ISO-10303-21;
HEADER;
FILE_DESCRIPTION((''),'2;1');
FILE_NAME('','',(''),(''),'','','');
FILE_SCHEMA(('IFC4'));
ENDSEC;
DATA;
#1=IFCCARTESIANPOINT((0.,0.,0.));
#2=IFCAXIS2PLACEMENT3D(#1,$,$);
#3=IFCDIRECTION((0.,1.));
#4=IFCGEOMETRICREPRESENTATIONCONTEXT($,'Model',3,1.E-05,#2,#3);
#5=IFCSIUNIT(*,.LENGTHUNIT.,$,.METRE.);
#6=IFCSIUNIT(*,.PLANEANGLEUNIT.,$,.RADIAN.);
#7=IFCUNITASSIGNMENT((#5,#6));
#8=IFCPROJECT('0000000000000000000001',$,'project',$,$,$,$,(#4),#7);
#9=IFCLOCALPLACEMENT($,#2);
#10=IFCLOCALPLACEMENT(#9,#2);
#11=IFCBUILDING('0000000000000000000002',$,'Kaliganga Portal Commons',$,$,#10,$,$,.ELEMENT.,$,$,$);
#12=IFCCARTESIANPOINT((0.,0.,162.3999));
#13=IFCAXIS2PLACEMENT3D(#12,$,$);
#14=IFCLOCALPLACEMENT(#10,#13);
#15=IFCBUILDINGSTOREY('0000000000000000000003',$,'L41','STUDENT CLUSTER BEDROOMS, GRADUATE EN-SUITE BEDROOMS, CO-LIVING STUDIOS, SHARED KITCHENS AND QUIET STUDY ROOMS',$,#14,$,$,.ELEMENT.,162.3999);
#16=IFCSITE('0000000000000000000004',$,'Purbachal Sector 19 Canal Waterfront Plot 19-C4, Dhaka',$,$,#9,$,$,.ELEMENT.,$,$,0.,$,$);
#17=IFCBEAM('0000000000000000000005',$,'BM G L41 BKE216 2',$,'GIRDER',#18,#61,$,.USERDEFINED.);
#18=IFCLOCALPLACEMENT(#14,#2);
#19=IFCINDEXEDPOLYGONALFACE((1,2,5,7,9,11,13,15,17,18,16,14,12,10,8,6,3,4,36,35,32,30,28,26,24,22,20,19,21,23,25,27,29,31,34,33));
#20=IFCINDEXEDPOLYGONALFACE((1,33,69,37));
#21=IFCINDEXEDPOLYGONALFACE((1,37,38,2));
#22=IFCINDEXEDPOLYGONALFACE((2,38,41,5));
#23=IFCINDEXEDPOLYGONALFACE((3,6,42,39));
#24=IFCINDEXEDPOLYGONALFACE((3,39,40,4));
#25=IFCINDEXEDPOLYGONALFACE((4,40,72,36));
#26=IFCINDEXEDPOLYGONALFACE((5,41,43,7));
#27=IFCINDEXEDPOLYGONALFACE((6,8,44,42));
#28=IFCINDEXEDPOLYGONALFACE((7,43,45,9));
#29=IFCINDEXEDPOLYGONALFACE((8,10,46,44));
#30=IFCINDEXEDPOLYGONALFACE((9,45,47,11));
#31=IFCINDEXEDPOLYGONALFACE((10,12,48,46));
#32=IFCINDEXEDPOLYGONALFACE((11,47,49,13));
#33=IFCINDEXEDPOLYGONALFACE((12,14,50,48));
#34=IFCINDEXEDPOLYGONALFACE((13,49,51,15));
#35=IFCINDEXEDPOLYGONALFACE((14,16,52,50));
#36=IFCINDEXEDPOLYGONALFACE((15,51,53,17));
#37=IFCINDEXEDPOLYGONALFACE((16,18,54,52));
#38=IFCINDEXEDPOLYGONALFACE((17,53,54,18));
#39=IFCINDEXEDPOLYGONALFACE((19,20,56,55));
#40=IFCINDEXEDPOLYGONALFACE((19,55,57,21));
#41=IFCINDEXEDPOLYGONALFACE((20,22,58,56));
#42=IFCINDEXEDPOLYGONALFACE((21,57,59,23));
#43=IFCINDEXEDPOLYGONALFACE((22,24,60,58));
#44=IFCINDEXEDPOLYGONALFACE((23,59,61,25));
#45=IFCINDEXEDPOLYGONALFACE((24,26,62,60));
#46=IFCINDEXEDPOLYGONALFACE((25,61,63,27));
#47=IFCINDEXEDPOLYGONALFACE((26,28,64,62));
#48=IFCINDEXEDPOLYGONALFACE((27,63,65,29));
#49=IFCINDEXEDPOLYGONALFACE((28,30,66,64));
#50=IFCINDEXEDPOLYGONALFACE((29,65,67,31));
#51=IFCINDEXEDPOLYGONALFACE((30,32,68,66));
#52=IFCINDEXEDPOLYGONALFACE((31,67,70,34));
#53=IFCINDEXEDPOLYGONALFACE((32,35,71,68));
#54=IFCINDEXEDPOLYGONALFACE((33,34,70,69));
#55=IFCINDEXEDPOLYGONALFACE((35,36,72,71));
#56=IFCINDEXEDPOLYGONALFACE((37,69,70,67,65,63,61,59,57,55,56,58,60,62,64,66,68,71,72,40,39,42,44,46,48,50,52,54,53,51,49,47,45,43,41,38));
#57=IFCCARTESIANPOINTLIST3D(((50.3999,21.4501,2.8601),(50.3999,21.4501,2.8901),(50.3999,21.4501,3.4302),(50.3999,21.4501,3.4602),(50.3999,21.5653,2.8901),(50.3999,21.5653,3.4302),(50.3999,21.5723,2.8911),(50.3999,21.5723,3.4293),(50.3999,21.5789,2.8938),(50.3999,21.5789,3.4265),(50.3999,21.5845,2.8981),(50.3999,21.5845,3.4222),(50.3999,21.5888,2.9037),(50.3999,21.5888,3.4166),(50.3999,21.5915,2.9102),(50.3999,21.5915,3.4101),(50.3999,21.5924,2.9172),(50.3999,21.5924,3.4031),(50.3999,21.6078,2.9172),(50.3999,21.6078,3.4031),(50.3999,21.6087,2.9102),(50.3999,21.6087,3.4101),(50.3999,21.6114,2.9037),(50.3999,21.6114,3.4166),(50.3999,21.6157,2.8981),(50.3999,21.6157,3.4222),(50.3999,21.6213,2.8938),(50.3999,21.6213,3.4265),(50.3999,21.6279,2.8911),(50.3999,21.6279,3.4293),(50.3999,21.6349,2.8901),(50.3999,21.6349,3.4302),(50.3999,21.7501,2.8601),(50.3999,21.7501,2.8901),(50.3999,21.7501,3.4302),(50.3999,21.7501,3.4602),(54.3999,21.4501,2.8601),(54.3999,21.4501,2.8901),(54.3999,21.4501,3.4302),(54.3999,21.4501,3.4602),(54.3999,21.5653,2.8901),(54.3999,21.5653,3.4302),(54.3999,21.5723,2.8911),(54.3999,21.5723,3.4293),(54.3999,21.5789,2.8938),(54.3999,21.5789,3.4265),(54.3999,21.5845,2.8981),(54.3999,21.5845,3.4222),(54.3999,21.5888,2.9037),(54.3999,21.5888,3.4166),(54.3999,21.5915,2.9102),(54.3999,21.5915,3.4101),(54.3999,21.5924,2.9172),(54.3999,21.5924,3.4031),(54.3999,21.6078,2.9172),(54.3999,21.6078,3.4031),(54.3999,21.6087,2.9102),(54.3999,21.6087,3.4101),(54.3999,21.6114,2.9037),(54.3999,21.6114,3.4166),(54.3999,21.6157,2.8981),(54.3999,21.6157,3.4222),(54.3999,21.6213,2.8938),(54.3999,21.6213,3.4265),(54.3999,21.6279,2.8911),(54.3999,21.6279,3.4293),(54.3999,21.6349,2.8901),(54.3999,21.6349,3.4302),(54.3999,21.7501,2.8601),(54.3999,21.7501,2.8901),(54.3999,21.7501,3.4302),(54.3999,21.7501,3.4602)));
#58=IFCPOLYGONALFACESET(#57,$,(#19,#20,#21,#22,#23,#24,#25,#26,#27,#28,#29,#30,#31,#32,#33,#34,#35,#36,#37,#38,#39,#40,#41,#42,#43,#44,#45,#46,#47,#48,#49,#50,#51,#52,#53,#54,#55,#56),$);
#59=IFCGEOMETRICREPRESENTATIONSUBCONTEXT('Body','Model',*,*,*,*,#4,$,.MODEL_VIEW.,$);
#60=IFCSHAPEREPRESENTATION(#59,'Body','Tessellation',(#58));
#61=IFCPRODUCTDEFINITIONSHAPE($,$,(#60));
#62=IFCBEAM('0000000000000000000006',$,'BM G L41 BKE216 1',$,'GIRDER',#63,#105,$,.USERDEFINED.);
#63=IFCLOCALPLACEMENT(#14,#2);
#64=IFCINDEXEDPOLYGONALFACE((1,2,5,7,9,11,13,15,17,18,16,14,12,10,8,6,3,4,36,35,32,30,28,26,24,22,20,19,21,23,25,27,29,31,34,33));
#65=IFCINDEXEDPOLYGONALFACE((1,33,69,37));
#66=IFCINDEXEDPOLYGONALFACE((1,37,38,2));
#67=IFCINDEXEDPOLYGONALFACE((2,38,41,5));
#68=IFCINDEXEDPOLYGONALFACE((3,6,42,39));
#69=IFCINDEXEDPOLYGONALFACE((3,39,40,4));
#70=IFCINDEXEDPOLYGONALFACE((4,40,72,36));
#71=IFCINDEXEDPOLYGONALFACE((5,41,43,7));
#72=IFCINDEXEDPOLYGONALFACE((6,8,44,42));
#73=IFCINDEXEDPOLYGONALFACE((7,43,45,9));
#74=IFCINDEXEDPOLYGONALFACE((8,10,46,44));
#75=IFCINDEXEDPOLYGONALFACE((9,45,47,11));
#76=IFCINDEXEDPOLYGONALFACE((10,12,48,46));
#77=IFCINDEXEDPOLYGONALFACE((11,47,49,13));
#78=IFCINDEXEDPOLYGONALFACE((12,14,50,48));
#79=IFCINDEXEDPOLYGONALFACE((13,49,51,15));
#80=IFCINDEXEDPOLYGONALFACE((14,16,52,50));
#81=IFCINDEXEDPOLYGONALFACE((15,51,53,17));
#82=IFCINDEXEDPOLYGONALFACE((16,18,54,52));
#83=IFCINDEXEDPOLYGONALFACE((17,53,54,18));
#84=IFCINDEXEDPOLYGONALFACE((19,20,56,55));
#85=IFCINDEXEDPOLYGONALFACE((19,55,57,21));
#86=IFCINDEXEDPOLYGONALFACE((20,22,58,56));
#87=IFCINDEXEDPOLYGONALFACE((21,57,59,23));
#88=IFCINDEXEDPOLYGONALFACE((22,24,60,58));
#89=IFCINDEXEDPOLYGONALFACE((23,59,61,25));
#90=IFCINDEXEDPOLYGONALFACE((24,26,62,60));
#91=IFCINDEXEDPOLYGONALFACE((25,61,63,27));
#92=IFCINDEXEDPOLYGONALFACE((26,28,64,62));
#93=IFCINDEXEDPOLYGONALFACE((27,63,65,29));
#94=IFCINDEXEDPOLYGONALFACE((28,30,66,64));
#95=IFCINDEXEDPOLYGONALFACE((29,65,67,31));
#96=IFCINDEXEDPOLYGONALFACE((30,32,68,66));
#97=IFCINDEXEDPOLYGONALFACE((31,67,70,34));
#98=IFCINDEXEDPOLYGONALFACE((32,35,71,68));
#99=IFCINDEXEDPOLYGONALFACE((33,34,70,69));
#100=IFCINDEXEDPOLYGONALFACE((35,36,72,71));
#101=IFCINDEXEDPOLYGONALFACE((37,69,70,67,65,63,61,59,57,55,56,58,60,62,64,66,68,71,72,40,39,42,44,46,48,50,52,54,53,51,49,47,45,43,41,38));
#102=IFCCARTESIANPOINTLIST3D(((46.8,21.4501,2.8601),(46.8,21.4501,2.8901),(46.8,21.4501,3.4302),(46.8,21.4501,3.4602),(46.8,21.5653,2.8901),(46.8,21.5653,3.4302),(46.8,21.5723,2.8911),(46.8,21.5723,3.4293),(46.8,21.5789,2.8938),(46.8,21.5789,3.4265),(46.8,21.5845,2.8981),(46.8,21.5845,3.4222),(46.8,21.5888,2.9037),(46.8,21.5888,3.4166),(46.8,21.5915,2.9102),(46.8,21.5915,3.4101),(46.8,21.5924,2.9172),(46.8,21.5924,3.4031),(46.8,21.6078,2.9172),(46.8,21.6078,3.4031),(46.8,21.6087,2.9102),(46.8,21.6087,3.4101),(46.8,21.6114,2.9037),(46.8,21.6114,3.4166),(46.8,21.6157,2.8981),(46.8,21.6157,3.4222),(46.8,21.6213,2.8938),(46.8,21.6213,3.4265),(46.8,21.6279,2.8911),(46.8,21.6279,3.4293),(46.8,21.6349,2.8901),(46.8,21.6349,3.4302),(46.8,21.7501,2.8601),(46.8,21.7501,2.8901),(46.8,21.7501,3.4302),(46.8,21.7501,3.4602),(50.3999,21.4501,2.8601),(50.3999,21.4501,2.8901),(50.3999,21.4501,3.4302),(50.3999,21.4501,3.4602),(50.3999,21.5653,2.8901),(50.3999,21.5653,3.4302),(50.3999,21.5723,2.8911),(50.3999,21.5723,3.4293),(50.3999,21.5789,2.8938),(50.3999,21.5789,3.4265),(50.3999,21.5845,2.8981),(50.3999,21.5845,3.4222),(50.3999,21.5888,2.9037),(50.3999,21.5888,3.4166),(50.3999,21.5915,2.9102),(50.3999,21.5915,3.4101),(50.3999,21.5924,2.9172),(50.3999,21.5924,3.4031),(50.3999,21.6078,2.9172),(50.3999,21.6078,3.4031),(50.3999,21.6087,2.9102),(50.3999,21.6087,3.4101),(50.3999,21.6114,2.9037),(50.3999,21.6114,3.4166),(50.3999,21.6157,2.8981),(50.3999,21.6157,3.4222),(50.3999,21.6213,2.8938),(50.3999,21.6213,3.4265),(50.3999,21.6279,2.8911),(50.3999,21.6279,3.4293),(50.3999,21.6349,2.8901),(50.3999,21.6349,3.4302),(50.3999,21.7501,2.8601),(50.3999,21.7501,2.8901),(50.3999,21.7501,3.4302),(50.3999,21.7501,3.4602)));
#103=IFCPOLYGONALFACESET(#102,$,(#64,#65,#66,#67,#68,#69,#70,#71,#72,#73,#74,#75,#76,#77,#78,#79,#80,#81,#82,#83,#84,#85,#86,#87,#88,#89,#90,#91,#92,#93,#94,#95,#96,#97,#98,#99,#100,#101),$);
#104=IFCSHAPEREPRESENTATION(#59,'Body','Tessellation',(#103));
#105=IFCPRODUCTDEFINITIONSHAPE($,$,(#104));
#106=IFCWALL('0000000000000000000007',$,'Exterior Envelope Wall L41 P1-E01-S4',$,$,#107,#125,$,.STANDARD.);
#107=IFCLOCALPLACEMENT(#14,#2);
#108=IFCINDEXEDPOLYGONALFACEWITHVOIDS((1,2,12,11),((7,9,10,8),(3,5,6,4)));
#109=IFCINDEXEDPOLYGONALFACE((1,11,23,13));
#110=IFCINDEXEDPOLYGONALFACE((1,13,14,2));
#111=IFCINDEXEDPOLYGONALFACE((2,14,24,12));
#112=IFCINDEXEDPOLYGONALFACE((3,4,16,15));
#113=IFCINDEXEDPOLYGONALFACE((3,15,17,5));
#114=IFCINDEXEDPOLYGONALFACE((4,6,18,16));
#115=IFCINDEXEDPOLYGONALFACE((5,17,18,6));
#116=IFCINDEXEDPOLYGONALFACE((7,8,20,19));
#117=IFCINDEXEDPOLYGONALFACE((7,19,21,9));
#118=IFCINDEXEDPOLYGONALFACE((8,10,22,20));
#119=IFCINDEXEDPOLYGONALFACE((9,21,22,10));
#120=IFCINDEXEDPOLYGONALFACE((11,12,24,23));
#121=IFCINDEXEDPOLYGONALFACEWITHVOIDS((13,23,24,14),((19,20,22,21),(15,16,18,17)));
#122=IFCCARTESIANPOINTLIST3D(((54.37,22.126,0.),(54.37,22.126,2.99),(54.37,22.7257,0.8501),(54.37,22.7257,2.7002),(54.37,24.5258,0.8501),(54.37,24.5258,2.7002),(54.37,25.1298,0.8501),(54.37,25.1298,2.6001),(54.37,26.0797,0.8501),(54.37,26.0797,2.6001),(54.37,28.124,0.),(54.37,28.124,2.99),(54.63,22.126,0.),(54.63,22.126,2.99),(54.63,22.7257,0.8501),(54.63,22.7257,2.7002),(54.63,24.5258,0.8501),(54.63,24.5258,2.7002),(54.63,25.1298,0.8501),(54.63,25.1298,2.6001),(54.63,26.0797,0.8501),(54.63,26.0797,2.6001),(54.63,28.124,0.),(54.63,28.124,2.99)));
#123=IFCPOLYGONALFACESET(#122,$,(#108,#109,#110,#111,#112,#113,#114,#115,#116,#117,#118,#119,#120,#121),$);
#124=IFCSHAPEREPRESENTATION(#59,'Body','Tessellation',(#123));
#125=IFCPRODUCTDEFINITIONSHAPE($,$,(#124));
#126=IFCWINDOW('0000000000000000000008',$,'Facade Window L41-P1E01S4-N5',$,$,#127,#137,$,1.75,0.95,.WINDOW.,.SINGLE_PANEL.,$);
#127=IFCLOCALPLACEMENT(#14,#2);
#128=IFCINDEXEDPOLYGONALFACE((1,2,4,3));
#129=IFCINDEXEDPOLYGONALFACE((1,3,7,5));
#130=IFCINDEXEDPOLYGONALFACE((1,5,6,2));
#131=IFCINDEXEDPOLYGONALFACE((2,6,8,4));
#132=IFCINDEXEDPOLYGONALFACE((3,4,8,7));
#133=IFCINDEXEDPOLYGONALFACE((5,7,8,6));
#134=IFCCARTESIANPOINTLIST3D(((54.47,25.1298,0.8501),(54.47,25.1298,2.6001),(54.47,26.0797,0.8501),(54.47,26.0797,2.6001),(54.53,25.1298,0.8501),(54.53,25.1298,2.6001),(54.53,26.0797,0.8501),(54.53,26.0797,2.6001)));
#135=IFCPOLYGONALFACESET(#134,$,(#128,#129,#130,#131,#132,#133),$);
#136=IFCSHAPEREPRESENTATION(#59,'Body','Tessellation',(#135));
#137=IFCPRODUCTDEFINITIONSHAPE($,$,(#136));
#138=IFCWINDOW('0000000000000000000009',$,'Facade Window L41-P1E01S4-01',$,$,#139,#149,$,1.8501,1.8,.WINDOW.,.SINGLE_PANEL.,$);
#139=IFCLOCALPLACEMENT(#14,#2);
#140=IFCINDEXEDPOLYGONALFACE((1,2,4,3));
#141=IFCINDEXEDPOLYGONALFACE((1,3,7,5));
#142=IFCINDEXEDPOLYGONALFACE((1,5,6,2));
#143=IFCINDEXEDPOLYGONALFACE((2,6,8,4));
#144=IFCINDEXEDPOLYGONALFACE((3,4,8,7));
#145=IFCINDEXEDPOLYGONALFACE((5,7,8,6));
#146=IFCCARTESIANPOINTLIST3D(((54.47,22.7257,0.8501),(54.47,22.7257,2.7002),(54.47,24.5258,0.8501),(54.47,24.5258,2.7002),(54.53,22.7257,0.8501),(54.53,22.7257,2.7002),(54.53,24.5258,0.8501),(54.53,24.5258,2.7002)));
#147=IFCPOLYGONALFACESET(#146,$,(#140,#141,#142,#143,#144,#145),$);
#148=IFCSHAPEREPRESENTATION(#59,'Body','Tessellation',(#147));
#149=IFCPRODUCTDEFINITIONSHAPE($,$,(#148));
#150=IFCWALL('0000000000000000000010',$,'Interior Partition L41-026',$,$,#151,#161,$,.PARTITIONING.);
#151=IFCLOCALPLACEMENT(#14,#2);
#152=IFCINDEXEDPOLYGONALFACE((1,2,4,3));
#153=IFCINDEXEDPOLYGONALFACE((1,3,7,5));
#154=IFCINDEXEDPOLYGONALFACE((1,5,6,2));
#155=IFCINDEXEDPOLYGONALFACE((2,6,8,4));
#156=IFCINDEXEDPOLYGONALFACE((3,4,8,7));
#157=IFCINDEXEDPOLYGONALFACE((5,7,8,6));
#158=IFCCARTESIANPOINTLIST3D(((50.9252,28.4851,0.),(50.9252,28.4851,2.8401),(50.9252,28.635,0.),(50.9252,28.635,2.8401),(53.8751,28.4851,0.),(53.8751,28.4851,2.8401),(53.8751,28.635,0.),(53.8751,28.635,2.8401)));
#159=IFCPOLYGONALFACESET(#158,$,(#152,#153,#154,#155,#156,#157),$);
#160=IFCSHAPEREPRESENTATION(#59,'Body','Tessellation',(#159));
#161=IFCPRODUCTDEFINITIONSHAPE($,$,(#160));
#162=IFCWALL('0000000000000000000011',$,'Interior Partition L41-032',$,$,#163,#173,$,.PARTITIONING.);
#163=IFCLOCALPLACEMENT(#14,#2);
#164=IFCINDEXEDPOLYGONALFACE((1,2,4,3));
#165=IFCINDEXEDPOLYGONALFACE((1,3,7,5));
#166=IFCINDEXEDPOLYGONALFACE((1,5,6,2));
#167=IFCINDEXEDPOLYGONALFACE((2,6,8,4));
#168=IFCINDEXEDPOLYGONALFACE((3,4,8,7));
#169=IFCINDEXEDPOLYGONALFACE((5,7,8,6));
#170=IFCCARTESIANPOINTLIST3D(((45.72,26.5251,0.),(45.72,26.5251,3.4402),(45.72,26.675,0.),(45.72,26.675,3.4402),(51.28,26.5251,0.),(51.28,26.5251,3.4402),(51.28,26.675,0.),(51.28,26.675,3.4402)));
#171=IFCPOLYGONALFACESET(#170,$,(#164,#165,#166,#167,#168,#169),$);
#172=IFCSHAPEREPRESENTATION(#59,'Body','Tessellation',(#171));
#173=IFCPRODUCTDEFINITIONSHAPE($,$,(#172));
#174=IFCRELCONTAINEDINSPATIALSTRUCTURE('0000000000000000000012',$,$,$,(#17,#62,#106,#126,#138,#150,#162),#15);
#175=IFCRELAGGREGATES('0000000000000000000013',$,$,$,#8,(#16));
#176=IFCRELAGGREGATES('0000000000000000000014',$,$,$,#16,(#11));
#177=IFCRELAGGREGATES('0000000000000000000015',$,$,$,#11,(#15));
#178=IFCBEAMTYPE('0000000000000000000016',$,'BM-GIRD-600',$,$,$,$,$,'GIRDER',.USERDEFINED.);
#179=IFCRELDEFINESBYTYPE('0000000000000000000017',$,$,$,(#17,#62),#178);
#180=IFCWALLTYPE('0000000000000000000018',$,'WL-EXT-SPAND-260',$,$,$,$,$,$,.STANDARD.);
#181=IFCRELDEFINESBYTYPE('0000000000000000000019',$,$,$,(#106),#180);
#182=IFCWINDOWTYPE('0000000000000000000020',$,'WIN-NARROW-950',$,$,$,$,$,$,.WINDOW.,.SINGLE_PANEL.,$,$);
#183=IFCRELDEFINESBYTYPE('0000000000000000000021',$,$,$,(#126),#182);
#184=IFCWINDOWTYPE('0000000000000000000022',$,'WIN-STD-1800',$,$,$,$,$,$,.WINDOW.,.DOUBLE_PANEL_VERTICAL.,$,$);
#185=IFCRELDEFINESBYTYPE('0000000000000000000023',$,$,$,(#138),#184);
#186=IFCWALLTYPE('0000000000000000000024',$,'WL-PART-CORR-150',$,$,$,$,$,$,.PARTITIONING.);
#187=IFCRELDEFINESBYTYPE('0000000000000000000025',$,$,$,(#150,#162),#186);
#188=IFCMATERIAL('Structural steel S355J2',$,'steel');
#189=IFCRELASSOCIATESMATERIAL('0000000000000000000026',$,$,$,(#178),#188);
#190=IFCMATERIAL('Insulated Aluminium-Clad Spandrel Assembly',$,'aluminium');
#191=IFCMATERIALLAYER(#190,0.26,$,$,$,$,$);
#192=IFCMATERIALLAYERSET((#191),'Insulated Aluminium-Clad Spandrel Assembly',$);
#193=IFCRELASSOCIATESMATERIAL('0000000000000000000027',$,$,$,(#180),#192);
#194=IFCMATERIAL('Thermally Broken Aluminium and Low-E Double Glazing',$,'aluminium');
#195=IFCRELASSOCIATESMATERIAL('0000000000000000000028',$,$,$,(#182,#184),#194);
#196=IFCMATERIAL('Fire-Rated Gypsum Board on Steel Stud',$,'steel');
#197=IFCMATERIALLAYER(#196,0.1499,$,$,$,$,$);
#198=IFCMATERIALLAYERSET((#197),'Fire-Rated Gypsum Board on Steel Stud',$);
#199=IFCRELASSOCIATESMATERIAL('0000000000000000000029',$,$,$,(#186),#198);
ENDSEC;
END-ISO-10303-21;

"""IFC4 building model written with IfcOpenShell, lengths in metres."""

from ifc_helpers import new_model, si_unit, direction, frame, frame_2d, origin, origin_2d, place, context, subcontext, project, spatial, rectangle, i_section, extrude, source, transform, mapped, material, layer, layer_set, material_profile, profile_set, type_object, element, fill, save


model = new_model("IFC4")

# Units and contexts
model_context = context("Model", 3, precision=1e-05, world=origin(), true_north=direction((0.0, 1.0)))
body_context = subcontext(model_context, "Body", "Model", "MODEL_VIEW")
ifc_project = project(units=[si_unit("LENGTHUNIT", "METRE"), si_unit("PLANEANGLEUNIT", "RADIAN")], contexts=[model_context])

# Site, building, storey
site_placement = place(None, origin())
site = spatial("IfcSite", under=ifc_project, at=site_placement, Name="Purbachal Sector 19 Canal Waterfront Plot 19-C4, Dhaka", CompositionType="ELEMENT", RefElevation=0.0)
building_placement = place(site_placement, origin())
building = spatial("IfcBuilding", under=site, at=building_placement, Name="Kaliganga Portal Commons", CompositionType="ELEMENT")
storey_placement = place(building_placement, frame((0.0, 0.0, 162.3999)))
storey = spatial("IfcBuildingStorey", under=building, at=storey_placement, Name="L41", Description="STUDENT CLUSTER BEDROOMS, GRADUATE EN-SUITE BEDROOMS, CO-LIVING STUDIOS, SHARED KITCHENS AND QUIET STUDY ROOMS", CompositionType="ELEMENT", Elevation=162.3999)

# Beams
ifc_material_1 = material(Name="Structural steel S355J2", Category="steel")
ifc_material_profile_1 = material_profile(ifc_material_1, i_section(OverallWidth=0.3, OverallDepth=0.6001, WebThickness=0.0154, FlangeThickness=0.03, FilletRadius=0.0271, at=origin_2d()), Name="HE 600 B")
ifc_profile_set_1 = profile_set([ifc_material_profile_1], Name="Structural steel S355J2 wide-flange")
beam_type_1 = type_object("IfcBeamType", Name="BM-GIRD-600", ElementType="GIRDER", PredefinedType="USERDEFINED", material=ifc_profile_set_1)
shared_shape_1 = source(origin(), body_context, "Body", "SweptSolid", [
    extrude(i_section(OverallWidth=0.3, OverallDepth=0.6001, WebThickness=0.0154, FlangeThickness=0.03, FilletRadius=0.0271, at=origin_2d()), origin(), (0.0, 0.0, 1.0), 4.0),
])
beam_1_placement = place(storey_placement, frame((50.3999, 21.6001, 3.1602), z_axis=(1.0, 0.0, 0.0), x_axis=(0.0, 1.0, 0.0)))
element("IfcBeam", 1, at=beam_1_placement, inside=storey, type_object=beam_type_1, Name="BM G L41 BKE216 2", ObjectType="GIRDER", PredefinedType="USERDEFINED", context=body_context, shape_type="MappedRepresentation", body=[
    mapped(shared_shape_1, transform((0.0, 0.0, 0.0), x_axis=(1.0, 0.0, 0.0), y_axis=(0.0, 1.0, 0.0), z_axis=(0.0, 0.0, 1.0), scale=1.0)),
])
shared_shape_2 = source(origin(), body_context, "Body", "SweptSolid", [
    extrude(i_section(OverallWidth=0.3, OverallDepth=0.6001, WebThickness=0.0154, FlangeThickness=0.03, FilletRadius=0.0271, at=origin_2d()), origin(), (0.0, 0.0, 1.0), 3.5999),
])
beam_2_placement = place(storey_placement, frame((46.8, 21.6001, 3.1602), z_axis=(1.0, 0.0, 0.0), x_axis=(0.0, 1.0, 0.0)))
element("IfcBeam", 2, at=beam_2_placement, inside=storey, type_object=beam_type_1, Name="BM G L41 BKE216 1", ObjectType="GIRDER", PredefinedType="USERDEFINED", context=body_context, shape_type="MappedRepresentation", body=[
    mapped(shared_shape_2, transform((0.0, 0.0, 0.0), x_axis=(1.0, 0.0, 0.0), y_axis=(0.0, 1.0, 0.0), z_axis=(0.0, 0.0, 1.0), scale=1.0)),
])

# Wall, openings, windows
ifc_material_2 = material(Name="Insulated Aluminium-Clad Spandrel Assembly", Category="aluminium")
ifc_layer_1 = layer(ifc_material_2, 0.26)
ifc_layer_set_1 = layer_set([ifc_layer_1], Name="Insulated Aluminium-Clad Spandrel Assembly")
wall_type_1 = type_object("IfcWallType", Name="WL-EXT-SPAND-260", PredefinedType="STANDARD", material=ifc_layer_set_1)
wall_1_placement = place(storey_placement, frame((54.5, 28.124, 0.0), z_axis=(0.0, 0.0, 1.0), x_axis=(0.0, -1.0, 0.0)))
wall_1 = element("IfcWall", 3, at=wall_1_placement, inside=storey, type_object=wall_type_1, Name="Exterior Envelope Wall L41 P1-E01-S4", PredefinedType="STANDARD", context=body_context, shape_type="SweptSolid", body=[
    extrude(rectangle(XDim=5.998, YDim=0.26, at=frame_2d((2.999, 0.0))), origin(), (0.0, 0.0, 1.0), 2.99),
])
opening_1_placement = place(wall_1_placement, frame((3.5984, 0.0, 0.8501)))
opening_1 = element("IfcOpeningElement", 4, at=opening_1_placement, cuts=wall_1, PredefinedType="OPENING", context=body_context, shape_type="SweptSolid", body=[
    extrude(rectangle(XDim=1.8, YDim=1.8501, at=frame_2d((0.8999, 0.925))), frame((0.0, 0.1401, 0.0), z_axis=(0.0, -1.0, 0.0), x_axis=(1.0, 0.0, 0.0)), (0.0, 0.0, 1.0), 0.28),
])
opening_2_placement = place(wall_1_placement, frame((2.0442, 0.0, 0.8501)))
opening_2 = element("IfcOpeningElement", 5, at=opening_2_placement, cuts=wall_1, PredefinedType="OPENING", context=body_context, shape_type="SweptSolid", body=[
    extrude(rectangle(XDim=0.95, YDim=1.75, at=frame_2d((0.4751, 0.875))), frame((0.0, 0.1401, 0.0), z_axis=(0.0, -1.0, 0.0), x_axis=(1.0, 0.0, 0.0)), (0.0, 0.0, 1.0), 0.28),
])
ifc_material_3 = material(Name="Thermally Broken Aluminium and Low-E Double Glazing", Category="aluminium")
window_type_1 = type_object("IfcWindowType", Name="WIN-NARROW-950", PartitioningType="SINGLE_PANEL", PredefinedType="WINDOW", material=ifc_material_3)
window_1_placement = place(opening_2_placement, origin())
window_1 = element("IfcWindow", 6, at=window_1_placement, inside=storey, type_object=window_type_1, Name="Facade Window L41-P1E01S4-N5", OverallHeight=1.75, OverallWidth=0.95, PartitioningType="SINGLE_PANEL", PredefinedType="WINDOW", context=body_context, shape_type="SweptSolid", body=[
    extrude(rectangle(XDim=0.95, YDim=1.75, at=frame_2d((0.4751, 0.875))), frame((0.0, 0.03, 0.0), z_axis=(0.0, -1.0, 0.0), x_axis=(1.0, 0.0, 0.0)), (0.0, 0.0, 1.0), 0.0601),
])
fill(opening_2, window_1)
window_type_2 = type_object("IfcWindowType", Name="WIN-STD-1800", PartitioningType="DOUBLE_PANEL_VERTICAL", PredefinedType="WINDOW", material=ifc_material_3)
window_2_placement = place(opening_1_placement, origin())
window_2 = element("IfcWindow", 7, at=window_2_placement, inside=storey, type_object=window_type_2, Name="Facade Window L41-P1E01S4-01", OverallHeight=1.8501, OverallWidth=1.8, PartitioningType="SINGLE_PANEL", PredefinedType="WINDOW", context=body_context, shape_type="SweptSolid", body=[
    extrude(rectangle(XDim=1.8, YDim=1.8501, at=frame_2d((0.8999, 0.925))), frame((0.0, 0.03, 0.0), z_axis=(0.0, -1.0, 0.0), x_axis=(1.0, 0.0, 0.0)), (0.0, 0.0, 1.0), 0.0601),
])
fill(opening_1, window_2)

# Shared definitions
ifc_material_4 = material(Name="Fire-Rated Gypsum Board on Steel Stud", Category="steel")
ifc_layer_2 = layer(ifc_material_4, 0.1499)
ifc_layer_set_2 = layer_set([ifc_layer_2], Name="Fire-Rated Gypsum Board on Steel Stud")
wall_type_2 = type_object("IfcWallType", Name="WL-PART-CORR-150", PredefinedType="PARTITIONING", material=ifc_layer_set_2)

# Walls
wall_2_placement = place(storey_placement, frame((50.925, 28.5601, 0.0), z_axis=(0.0, 0.0, 1.0), x_axis=(1.0, 0.0, 0.0)))
element("IfcWall", 8, at=wall_2_placement, inside=storey, type_object=wall_type_2, Name="Interior Partition L41-026", PredefinedType="PARTITIONING", context=body_context, shape_type="SweptSolid", body=[
    extrude(rectangle(XDim=2.95, YDim=0.1499, at=frame_2d((1.4751, 0.0))), origin(), (0.0, 0.0, 1.0), 2.8401),
])
wall_3_placement = place(storey_placement, frame((45.72, 26.6001, 0.0), z_axis=(0.0, 0.0, 1.0), x_axis=(1.0, 0.0, 0.0)))
element("IfcWall", 9, at=wall_3_placement, inside=storey, type_object=wall_type_2, Name="Interior Partition L41-032", PredefinedType="PARTITIONING", context=body_context, shape_type="SweptSolid", body=[
    extrude(rectangle(XDim=5.5601, YDim=0.1499, at=frame_2d((2.78, 0.0))), origin(), (0.0, 0.0, 1.0), 3.4402),
])

save(model, "model.ifc")
